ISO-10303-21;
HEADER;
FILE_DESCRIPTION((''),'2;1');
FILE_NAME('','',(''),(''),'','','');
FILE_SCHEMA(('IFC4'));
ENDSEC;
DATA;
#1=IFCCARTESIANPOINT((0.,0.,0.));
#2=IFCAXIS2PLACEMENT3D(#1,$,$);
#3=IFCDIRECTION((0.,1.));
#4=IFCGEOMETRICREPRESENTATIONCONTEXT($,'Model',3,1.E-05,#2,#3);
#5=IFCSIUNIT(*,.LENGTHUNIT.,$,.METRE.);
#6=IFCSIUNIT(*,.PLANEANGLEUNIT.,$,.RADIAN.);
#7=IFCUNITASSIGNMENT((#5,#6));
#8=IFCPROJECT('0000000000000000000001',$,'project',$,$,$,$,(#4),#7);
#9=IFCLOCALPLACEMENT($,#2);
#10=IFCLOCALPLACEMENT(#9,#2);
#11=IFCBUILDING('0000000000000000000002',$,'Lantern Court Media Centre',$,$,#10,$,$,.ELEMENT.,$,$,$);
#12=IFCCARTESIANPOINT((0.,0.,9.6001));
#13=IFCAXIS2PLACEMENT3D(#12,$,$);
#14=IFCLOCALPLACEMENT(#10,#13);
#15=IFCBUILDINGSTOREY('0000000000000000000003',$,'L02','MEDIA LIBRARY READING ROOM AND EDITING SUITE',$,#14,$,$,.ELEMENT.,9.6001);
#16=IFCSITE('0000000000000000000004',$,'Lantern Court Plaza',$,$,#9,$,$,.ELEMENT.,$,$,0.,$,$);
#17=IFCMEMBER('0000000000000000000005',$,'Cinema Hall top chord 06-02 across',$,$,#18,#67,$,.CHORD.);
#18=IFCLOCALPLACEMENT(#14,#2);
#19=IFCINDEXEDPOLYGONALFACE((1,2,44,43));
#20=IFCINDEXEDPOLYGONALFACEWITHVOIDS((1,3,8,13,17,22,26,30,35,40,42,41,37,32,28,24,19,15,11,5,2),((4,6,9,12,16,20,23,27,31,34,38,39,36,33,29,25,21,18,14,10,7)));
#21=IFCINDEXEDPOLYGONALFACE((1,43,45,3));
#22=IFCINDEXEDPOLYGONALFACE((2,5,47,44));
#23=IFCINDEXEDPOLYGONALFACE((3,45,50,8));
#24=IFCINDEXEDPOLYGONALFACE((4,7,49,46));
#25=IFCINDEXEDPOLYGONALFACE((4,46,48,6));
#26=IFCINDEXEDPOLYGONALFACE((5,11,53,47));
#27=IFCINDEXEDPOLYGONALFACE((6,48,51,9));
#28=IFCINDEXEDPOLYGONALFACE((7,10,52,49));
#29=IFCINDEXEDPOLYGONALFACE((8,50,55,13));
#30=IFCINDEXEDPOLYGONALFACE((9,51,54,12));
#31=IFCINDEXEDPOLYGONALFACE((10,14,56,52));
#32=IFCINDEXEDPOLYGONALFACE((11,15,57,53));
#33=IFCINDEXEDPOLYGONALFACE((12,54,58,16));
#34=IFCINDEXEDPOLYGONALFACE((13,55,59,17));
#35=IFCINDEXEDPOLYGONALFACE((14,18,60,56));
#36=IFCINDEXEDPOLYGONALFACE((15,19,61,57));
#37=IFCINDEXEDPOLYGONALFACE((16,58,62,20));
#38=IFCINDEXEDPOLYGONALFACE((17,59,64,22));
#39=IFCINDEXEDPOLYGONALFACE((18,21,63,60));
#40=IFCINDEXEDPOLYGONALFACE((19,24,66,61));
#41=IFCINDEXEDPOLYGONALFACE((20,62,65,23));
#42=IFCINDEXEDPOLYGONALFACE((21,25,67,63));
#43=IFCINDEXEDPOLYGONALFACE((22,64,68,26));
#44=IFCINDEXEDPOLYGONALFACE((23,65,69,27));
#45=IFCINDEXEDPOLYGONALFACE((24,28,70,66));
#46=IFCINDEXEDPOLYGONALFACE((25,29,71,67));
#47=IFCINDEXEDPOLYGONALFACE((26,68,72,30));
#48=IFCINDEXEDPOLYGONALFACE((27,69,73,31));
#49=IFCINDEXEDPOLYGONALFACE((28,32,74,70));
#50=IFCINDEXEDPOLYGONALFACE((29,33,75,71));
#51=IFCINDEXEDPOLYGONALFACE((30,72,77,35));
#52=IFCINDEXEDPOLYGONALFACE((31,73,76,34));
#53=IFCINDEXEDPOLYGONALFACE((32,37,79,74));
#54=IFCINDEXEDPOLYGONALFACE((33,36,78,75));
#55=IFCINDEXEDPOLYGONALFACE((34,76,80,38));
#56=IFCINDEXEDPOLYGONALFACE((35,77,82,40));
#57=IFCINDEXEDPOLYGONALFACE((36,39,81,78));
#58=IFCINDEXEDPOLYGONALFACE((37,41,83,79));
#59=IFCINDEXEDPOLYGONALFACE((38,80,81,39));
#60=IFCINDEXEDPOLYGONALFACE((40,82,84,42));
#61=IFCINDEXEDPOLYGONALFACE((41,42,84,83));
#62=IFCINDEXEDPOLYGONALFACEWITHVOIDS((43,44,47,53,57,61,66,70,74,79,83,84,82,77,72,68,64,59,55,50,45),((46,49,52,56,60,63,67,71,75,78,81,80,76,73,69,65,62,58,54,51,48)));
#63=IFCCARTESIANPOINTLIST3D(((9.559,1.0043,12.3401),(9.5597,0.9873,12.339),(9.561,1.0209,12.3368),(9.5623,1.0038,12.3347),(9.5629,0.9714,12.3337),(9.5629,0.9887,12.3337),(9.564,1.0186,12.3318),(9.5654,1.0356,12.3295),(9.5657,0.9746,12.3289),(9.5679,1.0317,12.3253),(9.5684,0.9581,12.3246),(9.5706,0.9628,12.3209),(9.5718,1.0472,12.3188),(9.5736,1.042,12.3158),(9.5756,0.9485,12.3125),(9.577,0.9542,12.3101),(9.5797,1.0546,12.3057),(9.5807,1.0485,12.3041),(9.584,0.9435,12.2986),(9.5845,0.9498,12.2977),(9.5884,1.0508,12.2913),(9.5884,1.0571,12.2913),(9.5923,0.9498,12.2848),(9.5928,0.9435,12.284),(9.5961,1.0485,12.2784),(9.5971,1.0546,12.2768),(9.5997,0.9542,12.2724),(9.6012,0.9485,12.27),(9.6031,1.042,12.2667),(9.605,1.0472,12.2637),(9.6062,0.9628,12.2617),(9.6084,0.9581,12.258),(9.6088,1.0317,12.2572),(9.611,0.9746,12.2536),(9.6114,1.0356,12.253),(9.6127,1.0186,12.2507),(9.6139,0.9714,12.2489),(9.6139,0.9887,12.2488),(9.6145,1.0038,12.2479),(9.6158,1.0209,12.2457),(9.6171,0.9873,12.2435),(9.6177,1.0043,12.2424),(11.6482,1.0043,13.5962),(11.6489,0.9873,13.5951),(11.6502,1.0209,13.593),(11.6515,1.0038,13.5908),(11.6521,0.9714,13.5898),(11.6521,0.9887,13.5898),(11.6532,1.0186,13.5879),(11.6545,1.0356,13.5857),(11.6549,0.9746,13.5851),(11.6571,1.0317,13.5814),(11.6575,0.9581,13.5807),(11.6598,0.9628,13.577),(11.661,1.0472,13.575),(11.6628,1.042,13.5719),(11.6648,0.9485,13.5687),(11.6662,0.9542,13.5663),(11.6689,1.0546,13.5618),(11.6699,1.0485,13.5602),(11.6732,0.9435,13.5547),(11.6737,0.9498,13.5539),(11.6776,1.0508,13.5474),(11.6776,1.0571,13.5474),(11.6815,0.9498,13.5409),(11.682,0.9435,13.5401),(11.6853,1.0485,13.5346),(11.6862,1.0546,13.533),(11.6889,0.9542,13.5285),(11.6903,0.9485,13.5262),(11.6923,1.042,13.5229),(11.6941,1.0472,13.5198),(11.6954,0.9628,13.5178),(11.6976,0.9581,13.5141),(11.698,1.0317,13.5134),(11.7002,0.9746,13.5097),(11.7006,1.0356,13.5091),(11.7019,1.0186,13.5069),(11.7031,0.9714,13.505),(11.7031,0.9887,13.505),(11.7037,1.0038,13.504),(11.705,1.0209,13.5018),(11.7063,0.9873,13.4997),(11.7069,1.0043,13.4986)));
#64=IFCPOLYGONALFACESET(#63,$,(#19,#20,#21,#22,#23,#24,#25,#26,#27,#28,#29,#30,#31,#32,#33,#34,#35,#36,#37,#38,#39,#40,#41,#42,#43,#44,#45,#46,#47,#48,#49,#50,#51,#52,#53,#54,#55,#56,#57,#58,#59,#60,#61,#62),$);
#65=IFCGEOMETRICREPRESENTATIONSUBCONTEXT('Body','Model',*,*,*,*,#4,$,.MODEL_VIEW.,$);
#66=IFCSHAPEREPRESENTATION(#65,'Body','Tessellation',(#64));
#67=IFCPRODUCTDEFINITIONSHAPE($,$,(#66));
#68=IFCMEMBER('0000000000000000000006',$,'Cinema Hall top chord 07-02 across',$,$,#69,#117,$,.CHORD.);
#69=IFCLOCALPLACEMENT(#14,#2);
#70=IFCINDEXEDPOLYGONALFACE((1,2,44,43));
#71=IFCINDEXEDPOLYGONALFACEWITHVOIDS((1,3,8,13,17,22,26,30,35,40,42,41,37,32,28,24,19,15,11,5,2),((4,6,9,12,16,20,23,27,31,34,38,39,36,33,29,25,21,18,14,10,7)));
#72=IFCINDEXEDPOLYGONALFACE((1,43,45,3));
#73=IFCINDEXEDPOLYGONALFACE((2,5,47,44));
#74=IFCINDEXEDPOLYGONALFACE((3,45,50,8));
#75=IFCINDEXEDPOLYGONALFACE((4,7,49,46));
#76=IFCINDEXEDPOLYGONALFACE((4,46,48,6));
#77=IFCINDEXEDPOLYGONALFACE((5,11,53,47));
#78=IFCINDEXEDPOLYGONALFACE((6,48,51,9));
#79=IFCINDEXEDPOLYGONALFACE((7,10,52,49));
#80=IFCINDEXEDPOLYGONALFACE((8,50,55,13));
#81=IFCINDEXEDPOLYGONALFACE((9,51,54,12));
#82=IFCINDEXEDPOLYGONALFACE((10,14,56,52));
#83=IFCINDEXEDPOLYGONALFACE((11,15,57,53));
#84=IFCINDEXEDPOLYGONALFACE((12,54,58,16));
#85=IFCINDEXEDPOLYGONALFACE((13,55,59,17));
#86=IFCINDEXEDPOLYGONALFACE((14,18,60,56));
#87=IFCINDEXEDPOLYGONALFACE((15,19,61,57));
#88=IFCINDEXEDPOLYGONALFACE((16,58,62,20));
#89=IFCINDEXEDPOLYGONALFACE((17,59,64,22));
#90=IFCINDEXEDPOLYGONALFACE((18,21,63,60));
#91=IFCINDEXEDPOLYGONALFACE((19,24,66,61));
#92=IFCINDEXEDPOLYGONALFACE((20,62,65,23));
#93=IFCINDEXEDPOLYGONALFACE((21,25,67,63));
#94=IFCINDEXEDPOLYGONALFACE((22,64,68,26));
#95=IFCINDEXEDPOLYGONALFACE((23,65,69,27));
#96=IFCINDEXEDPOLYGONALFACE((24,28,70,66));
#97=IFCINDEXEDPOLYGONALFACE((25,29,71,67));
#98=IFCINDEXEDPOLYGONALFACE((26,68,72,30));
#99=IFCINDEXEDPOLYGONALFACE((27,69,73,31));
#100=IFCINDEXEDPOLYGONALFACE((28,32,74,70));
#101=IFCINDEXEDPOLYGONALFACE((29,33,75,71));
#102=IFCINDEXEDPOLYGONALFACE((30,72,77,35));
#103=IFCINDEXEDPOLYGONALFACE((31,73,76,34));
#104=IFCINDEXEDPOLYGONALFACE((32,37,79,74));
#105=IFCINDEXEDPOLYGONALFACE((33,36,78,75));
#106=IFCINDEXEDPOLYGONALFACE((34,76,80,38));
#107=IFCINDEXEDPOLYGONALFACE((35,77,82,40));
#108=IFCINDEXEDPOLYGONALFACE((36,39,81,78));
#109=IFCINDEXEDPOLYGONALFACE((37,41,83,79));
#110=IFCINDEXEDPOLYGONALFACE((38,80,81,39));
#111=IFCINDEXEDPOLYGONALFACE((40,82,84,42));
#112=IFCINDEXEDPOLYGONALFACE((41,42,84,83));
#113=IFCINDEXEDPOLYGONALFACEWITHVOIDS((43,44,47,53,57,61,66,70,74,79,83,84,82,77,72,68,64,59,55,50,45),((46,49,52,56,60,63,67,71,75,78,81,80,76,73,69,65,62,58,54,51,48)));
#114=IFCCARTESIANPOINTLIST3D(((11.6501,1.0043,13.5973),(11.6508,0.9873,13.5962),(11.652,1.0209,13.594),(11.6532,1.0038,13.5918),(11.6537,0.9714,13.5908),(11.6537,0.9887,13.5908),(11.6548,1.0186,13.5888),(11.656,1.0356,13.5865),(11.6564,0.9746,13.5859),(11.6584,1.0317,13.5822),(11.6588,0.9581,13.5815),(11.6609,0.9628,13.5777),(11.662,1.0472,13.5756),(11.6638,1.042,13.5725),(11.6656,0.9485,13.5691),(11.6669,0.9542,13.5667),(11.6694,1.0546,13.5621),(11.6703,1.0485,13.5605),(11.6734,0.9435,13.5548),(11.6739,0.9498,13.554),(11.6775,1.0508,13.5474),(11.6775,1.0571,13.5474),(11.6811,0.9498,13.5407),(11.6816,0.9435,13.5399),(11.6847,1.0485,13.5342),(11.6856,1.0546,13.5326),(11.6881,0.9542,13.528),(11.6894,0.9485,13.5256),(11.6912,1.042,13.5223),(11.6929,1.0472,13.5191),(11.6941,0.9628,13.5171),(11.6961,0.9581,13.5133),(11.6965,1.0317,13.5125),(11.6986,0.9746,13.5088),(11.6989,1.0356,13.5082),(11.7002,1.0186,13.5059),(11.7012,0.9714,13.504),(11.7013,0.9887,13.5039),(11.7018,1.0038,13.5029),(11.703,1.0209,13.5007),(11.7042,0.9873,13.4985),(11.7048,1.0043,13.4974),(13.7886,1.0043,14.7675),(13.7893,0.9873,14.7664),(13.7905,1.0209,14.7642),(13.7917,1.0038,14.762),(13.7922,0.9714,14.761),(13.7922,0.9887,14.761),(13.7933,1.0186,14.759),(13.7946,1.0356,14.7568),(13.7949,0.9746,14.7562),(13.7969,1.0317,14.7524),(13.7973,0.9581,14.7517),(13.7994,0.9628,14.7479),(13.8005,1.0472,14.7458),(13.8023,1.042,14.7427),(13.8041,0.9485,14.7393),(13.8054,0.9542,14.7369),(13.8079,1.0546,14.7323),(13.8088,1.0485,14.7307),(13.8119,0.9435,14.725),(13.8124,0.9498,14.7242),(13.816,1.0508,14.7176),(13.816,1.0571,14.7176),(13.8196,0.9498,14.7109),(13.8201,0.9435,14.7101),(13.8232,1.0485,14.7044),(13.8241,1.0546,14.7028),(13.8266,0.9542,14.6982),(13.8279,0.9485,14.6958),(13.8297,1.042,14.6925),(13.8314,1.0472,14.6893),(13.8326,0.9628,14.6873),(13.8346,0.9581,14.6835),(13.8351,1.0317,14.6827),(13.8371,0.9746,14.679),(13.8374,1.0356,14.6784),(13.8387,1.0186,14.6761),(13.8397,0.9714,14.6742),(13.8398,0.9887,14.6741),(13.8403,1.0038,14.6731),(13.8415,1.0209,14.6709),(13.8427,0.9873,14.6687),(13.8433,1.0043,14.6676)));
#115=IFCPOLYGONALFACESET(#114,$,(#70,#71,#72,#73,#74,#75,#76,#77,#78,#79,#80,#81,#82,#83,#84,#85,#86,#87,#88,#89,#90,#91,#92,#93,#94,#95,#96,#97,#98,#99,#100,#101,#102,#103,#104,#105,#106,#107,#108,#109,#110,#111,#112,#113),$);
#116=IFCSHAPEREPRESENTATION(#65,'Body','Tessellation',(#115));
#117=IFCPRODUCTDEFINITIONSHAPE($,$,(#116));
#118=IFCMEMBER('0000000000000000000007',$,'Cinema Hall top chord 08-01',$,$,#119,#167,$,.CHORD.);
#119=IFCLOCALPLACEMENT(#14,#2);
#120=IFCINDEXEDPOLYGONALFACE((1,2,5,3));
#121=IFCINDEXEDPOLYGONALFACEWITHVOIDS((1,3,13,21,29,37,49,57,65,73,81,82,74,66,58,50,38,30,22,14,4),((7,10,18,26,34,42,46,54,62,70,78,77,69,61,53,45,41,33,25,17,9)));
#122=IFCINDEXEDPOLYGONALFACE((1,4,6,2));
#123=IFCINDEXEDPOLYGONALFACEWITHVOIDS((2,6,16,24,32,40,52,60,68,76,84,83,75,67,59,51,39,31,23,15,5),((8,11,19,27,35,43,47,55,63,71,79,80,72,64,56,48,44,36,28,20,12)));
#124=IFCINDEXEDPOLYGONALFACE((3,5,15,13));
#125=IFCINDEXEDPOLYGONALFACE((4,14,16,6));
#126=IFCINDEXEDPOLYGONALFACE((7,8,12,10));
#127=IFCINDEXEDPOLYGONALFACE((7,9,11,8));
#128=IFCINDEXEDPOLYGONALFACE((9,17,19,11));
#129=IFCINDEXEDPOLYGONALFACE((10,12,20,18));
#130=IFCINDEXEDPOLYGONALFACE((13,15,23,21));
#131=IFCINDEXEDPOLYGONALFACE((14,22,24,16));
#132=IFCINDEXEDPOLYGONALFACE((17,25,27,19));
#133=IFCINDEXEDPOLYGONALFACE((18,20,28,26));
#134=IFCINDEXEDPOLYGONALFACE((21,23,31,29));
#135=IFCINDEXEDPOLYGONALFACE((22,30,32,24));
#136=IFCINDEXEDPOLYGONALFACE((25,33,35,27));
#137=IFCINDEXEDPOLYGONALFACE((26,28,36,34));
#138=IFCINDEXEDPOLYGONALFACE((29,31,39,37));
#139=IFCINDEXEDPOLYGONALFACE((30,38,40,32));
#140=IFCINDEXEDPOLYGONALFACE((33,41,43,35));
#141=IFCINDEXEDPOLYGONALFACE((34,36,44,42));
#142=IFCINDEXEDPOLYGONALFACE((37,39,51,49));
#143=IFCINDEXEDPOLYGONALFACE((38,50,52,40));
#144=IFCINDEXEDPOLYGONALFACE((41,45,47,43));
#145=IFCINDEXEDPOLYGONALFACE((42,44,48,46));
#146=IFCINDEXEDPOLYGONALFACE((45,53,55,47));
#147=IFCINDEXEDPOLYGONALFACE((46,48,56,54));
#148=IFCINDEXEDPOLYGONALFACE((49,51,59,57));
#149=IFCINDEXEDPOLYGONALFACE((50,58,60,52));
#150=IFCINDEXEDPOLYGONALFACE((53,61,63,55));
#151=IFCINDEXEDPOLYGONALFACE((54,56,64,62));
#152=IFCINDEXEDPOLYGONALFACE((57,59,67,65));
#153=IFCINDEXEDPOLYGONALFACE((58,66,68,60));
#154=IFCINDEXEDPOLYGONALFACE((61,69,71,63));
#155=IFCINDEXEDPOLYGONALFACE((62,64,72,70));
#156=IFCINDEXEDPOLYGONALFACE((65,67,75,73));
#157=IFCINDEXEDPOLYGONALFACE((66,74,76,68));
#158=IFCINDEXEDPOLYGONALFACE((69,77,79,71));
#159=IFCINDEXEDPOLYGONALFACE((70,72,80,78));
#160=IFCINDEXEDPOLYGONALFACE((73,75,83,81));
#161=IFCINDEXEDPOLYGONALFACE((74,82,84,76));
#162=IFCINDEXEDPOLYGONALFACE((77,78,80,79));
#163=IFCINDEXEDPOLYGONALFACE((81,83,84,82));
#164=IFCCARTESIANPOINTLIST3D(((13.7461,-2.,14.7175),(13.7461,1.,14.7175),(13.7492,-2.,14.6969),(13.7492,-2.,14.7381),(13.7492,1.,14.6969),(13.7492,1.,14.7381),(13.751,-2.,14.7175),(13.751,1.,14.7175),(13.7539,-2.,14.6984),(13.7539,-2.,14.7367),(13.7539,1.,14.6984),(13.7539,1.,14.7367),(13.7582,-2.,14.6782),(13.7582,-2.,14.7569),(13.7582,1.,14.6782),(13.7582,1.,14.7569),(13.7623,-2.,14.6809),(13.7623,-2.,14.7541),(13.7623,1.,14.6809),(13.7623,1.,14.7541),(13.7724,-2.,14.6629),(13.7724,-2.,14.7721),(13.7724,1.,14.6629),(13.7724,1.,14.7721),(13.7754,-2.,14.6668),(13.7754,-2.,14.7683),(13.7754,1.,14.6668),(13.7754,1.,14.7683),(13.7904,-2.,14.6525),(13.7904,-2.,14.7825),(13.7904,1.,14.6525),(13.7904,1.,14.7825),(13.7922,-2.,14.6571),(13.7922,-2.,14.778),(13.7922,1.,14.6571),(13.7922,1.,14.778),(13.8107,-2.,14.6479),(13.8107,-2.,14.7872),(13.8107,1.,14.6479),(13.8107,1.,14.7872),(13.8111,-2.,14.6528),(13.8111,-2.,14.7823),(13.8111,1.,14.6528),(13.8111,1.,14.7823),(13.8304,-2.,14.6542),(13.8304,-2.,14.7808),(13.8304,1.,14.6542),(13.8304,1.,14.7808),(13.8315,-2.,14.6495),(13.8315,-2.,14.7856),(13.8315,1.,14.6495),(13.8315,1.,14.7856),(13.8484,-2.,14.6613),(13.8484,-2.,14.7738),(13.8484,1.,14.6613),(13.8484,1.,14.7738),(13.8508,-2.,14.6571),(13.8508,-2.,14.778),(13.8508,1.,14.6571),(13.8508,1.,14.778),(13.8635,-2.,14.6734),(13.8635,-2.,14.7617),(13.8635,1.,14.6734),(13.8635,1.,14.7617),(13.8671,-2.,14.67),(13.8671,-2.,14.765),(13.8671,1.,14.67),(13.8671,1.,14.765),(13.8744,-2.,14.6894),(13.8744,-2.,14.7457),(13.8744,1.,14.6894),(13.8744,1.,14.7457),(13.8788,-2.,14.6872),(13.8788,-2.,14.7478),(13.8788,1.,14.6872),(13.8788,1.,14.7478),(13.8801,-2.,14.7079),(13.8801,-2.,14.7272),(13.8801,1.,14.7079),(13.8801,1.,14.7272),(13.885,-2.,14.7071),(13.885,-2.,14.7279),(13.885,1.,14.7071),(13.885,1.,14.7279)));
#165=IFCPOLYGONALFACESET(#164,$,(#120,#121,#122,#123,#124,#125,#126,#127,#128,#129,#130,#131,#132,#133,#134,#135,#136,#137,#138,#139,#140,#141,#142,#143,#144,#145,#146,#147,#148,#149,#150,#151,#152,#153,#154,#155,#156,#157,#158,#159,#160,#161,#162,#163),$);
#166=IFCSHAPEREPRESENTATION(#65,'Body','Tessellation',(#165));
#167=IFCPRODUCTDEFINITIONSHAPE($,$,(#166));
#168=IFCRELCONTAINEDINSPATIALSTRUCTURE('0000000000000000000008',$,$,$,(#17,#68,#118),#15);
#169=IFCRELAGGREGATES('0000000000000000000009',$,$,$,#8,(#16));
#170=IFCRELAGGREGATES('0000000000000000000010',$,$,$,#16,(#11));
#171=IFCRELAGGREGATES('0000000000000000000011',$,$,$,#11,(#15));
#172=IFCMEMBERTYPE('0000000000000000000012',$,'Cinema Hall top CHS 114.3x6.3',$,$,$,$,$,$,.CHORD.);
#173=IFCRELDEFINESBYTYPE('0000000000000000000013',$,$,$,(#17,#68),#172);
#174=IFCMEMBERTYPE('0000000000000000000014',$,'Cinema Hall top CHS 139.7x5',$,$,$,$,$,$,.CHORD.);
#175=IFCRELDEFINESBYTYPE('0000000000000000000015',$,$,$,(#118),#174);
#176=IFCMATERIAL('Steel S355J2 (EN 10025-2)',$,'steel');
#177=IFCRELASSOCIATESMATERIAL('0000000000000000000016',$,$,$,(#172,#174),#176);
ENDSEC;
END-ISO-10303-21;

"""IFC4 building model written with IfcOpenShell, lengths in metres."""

from ifc_helpers import new_model, si_unit, direction, frame, origin, origin_2d, place, context, subcontext, project, spatial, hollow_circle, extrude, material, material_profile, profile_set, type_object, element, save


model = new_model("IFC4")

# Units and contexts
model_context = context("Model", 3, precision=1e-05, world=origin(), true_north=direction((0.0, 1.0)))
body_context = subcontext(model_context, "Body", "Model", "MODEL_VIEW")
ifc_project = project(units=[si_unit("LENGTHUNIT", "METRE"), si_unit("PLANEANGLEUNIT", "RADIAN")], contexts=[model_context])

# Site, building, storey
site_placement = place(None, origin())
site = spatial("IfcSite", under=ifc_project, at=site_placement, Name="Lantern Court Plaza", CompositionType="ELEMENT", RefElevation=0.0)
building_placement = place(site_placement, origin())
building = spatial("IfcBuilding", under=site, at=building_placement, Name="Lantern Court Media Centre", CompositionType="ELEMENT")
storey_placement = place(building_placement, frame((0.0, 0.0, 9.6001)))
storey = spatial("IfcBuildingStorey", under=building, at=storey_placement, Name="L02", Description="MEDIA LIBRARY READING ROOM AND EDITING SUITE", CompositionType="ELEMENT", Elevation=9.6001)

# Members
ifc_material = material(Name="Steel S355J2 (EN 10025-2)", Category="steel")
ifc_material_profile_1 = material_profile(ifc_material, hollow_circle(Radius=0.0571, WallThickness=0.0063, at=origin_2d()), Name="Cinema Hall top CHS 114.3x6.3")
ifc_profile_set_1 = profile_set([ifc_material_profile_1], Name="Steel S355J2 (EN 10025-2)")
member_type_1 = type_object("IfcMemberType", Name="Cinema Hall top CHS 114.3x6.3", PredefinedType="CHORD", material=ifc_profile_set_1)
for number, where, z_axis, x_axis, name in (
    (1, (9.5884, 1.0, 12.2913), (0.857015, 0.0, 0.515291), (0.0, 1.0, 0.0), "Cinema Hall top chord 06-02 across"),
    (2, (11.6775, 1.0, 13.5474), (0.877248, 0.0, 0.480038), (0.0, 1.0, 0.0), "Cinema Hall top chord 07-02 across"),
):
    element("IfcMember", number, at=place(storey_placement, frame(where, z_axis=z_axis, x_axis=x_axis)), inside=storey, type_object=member_type_1, Name=name, PredefinedType="CHORD", context=body_context, shape_type="SweptSolid", body=[
        extrude(hollow_circle(Radius=0.0571, WallThickness=0.0063, at=origin_2d()), origin(), (0.0, 0.0, 1.0), 2.4377),
    ])
ifc_material_profile_2 = material_profile(ifc_material, hollow_circle(Radius=0.0698, WallThickness=0.0049, at=origin_2d()), Name="Cinema Hall top CHS 139.7x5")
ifc_profile_set_2 = profile_set([ifc_material_profile_2], Name="Steel S355J2 (EN 10025-2)")
member_type_2 = type_object("IfcMemberType", Name="Cinema Hall top CHS 139.7x5", PredefinedType="CHORD", material=ifc_profile_set_2)
for number, where, z_axis, x_axis, name in (
    (3, (13.8159, -2.0, 14.7175), (0.0, 1.0, 0.0), (-1.0, 0.0, 0.0), "Cinema Hall top chord 08-01"),
):
    element("IfcMember", number, at=place(storey_placement, frame(where, z_axis=z_axis, x_axis=x_axis)), inside=storey, type_object=member_type_2, Name=name, PredefinedType="CHORD", context=body_context, shape_type="SweptSolid", body=[
        extrude(hollow_circle(Radius=0.0698, WallThickness=0.0049, at=origin_2d()), origin(), (0.0, 0.0, 1.0), 3.0),
    ])

save(model, "model.ifc")
